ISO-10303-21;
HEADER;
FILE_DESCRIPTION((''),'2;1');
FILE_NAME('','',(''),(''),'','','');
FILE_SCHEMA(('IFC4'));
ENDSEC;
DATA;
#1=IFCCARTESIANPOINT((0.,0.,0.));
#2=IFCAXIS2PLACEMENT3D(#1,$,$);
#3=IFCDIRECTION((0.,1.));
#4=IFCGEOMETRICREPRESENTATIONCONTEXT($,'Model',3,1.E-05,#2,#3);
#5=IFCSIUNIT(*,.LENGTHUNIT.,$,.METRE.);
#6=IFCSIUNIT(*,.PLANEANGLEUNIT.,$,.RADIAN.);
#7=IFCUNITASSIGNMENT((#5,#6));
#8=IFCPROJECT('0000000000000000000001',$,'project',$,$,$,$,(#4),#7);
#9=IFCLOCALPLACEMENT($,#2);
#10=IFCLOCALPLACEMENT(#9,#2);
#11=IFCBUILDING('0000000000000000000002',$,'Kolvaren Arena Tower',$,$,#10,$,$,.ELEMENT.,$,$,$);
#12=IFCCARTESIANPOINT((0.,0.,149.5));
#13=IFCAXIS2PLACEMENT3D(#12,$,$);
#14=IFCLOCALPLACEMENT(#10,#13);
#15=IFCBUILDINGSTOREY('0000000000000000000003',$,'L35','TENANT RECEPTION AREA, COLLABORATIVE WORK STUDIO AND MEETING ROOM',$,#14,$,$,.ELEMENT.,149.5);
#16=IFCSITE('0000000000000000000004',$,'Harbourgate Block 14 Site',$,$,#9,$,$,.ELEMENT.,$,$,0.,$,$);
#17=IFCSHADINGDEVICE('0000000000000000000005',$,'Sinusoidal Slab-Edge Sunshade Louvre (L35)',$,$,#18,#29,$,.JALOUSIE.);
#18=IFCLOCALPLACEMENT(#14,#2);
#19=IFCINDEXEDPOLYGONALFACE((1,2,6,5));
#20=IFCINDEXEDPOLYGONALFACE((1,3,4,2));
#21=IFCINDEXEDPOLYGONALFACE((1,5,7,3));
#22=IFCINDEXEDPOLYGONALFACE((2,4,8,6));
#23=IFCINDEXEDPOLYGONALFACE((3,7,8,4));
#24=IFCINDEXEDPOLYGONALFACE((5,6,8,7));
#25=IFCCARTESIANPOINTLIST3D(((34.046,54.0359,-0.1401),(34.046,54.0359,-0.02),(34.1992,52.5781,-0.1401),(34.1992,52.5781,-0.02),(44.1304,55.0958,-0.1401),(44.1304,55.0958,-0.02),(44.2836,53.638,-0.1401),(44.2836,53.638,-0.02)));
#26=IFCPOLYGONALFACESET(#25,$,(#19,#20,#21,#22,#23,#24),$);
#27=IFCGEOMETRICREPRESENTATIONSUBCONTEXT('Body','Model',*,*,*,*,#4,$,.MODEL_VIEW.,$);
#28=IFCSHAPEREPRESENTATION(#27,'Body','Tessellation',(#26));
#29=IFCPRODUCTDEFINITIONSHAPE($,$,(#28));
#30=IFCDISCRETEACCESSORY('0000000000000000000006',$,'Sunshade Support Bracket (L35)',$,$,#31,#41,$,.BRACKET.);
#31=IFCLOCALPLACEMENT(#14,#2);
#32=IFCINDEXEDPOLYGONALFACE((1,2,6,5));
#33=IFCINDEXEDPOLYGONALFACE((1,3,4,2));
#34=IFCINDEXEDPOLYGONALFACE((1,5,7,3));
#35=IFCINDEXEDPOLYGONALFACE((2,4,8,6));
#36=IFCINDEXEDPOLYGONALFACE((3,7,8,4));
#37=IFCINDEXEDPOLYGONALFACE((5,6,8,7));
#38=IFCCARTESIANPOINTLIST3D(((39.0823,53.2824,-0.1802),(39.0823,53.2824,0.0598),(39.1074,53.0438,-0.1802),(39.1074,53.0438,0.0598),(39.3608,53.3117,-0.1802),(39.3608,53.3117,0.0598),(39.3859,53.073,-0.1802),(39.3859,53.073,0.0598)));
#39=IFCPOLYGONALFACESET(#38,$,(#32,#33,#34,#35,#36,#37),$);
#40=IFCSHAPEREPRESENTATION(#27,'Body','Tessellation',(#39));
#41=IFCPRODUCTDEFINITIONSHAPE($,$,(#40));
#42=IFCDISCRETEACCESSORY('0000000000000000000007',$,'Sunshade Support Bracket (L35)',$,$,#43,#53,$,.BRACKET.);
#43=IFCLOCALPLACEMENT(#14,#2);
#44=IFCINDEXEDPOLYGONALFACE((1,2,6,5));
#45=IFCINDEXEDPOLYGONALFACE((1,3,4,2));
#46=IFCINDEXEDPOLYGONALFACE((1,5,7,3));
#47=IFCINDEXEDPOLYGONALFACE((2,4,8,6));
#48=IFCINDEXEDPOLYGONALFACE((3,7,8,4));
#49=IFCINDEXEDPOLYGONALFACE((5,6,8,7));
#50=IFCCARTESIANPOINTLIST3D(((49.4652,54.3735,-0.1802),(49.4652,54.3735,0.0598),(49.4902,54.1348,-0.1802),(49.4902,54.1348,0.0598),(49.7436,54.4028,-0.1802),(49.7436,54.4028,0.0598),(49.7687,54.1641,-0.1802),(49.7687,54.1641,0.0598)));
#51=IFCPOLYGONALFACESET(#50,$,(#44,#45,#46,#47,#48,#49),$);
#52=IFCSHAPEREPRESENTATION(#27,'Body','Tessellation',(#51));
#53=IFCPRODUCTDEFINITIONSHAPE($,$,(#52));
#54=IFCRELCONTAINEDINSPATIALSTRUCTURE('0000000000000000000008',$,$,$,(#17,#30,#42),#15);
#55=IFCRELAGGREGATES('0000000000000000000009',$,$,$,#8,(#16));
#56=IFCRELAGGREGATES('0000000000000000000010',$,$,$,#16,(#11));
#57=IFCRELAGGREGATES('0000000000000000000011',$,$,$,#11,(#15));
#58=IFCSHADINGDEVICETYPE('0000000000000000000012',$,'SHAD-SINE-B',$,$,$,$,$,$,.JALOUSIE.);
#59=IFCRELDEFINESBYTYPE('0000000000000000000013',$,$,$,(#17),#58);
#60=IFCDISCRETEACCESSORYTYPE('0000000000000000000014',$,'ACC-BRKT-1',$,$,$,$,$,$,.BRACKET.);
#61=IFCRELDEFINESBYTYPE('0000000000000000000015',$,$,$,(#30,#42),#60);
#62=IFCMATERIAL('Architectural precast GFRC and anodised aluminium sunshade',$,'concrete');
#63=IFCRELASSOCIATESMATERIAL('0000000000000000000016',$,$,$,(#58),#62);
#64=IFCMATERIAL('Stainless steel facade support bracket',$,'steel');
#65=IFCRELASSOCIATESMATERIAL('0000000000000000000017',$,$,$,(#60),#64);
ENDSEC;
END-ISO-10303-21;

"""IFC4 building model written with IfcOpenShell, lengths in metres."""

from ifc_helpers import new_model, si_unit, direction, frame, origin, origin_2d, place, context, subcontext, project, spatial, rectangle, extrude, material, type_object, element, save


model = new_model("IFC4")

# Units and contexts
model_context = context("Model", 3, precision=1e-05, world=origin(), true_north=direction((0.0, 1.0)))
body_context = subcontext(model_context, "Body", "Model", "MODEL_VIEW")
ifc_project = project(units=[si_unit("LENGTHUNIT", "METRE"), si_unit("PLANEANGLEUNIT", "RADIAN")], contexts=[model_context])

# Site, building, storey
site_placement = place(None, origin())
site = spatial("IfcSite", under=ifc_project, at=site_placement, Name="Harbourgate Block 14 Site", CompositionType="ELEMENT", RefElevation=0.0)
building_placement = place(site_placement, origin())
building = spatial("IfcBuilding", under=site, at=building_placement, Name="Kolvaren Arena Tower", CompositionType="ELEMENT")
storey_placement = place(building_placement, frame((0.0, 0.0, 149.5)))
storey = spatial("IfcBuildingStorey", under=building, at=storey_placement, Name="L35", Description="TENANT RECEPTION AREA, COLLABORATIVE WORK STUDIO AND MEETING ROOM", CompositionType="ELEMENT", Elevation=149.5)

# Shading device
ifc_material_1 = material(Name="Architectural precast GFRC and anodised aluminium sunshade", Category="concrete")
shading_device_type_1 = type_object("IfcShadingDeviceType", Name="SHAD-SINE-B", PredefinedType="JALOUSIE", material=ifc_material_1)
shading_device_1_placement = place(storey_placement, frame((39.1648, 53.8369, -0.1401), z_axis=(0.0, 0.0, 1.0), x_axis=(0.994522, 0.104527, 0.0)))
element("IfcShadingDevice", 1, at=shading_device_1_placement, inside=storey, type_object=shading_device_type_1, Name="Sinusoidal Slab-Edge Sunshade Louvre (L35)", PredefinedType="JALOUSIE", context=body_context, shape_type="SweptSolid", body=[
    extrude(rectangle(XDim=10.1399, YDim=1.4658, at=origin_2d()), origin(), (0.0, 0.0, 1.0), 0.1201),
])

# Discrete accessories
ifc_material_2 = material(Name="Stainless steel facade support bracket", Category="steel")
discrete_accessory_type = type_object("IfcDiscreteAccessoryType", Name="ACC-BRKT-1", PredefinedType="BRACKET", material=ifc_material_2)
for number, where, z_axis, x_axis, name in (
    (2, (39.2341, 53.1777, -0.1802), (0.0, 0.0, 1.0), (0.994522, 0.104527, 0.0), "Sunshade Support Bracket (L35)"),
    (3, (49.6169, 54.2688, -0.1802), (0.0, 0.0, 1.0), (0.994522, 0.104527, 0.0), "Sunshade Support Bracket (L35)"),
):
    element("IfcDiscreteAccessory", number, at=place(storey_placement, frame(where, z_axis=z_axis, x_axis=x_axis)), inside=storey, type_object=discrete_accessory_type, Name=name, PredefinedType="BRACKET", context=body_context, shape_type="SweptSolid", body=[
        extrude(rectangle(XDim=0.28, YDim=0.24, at=origin_2d()), origin(), (0.0, 0.0, 1.0), 0.24),
    ])

save(model, "model.ifc")
